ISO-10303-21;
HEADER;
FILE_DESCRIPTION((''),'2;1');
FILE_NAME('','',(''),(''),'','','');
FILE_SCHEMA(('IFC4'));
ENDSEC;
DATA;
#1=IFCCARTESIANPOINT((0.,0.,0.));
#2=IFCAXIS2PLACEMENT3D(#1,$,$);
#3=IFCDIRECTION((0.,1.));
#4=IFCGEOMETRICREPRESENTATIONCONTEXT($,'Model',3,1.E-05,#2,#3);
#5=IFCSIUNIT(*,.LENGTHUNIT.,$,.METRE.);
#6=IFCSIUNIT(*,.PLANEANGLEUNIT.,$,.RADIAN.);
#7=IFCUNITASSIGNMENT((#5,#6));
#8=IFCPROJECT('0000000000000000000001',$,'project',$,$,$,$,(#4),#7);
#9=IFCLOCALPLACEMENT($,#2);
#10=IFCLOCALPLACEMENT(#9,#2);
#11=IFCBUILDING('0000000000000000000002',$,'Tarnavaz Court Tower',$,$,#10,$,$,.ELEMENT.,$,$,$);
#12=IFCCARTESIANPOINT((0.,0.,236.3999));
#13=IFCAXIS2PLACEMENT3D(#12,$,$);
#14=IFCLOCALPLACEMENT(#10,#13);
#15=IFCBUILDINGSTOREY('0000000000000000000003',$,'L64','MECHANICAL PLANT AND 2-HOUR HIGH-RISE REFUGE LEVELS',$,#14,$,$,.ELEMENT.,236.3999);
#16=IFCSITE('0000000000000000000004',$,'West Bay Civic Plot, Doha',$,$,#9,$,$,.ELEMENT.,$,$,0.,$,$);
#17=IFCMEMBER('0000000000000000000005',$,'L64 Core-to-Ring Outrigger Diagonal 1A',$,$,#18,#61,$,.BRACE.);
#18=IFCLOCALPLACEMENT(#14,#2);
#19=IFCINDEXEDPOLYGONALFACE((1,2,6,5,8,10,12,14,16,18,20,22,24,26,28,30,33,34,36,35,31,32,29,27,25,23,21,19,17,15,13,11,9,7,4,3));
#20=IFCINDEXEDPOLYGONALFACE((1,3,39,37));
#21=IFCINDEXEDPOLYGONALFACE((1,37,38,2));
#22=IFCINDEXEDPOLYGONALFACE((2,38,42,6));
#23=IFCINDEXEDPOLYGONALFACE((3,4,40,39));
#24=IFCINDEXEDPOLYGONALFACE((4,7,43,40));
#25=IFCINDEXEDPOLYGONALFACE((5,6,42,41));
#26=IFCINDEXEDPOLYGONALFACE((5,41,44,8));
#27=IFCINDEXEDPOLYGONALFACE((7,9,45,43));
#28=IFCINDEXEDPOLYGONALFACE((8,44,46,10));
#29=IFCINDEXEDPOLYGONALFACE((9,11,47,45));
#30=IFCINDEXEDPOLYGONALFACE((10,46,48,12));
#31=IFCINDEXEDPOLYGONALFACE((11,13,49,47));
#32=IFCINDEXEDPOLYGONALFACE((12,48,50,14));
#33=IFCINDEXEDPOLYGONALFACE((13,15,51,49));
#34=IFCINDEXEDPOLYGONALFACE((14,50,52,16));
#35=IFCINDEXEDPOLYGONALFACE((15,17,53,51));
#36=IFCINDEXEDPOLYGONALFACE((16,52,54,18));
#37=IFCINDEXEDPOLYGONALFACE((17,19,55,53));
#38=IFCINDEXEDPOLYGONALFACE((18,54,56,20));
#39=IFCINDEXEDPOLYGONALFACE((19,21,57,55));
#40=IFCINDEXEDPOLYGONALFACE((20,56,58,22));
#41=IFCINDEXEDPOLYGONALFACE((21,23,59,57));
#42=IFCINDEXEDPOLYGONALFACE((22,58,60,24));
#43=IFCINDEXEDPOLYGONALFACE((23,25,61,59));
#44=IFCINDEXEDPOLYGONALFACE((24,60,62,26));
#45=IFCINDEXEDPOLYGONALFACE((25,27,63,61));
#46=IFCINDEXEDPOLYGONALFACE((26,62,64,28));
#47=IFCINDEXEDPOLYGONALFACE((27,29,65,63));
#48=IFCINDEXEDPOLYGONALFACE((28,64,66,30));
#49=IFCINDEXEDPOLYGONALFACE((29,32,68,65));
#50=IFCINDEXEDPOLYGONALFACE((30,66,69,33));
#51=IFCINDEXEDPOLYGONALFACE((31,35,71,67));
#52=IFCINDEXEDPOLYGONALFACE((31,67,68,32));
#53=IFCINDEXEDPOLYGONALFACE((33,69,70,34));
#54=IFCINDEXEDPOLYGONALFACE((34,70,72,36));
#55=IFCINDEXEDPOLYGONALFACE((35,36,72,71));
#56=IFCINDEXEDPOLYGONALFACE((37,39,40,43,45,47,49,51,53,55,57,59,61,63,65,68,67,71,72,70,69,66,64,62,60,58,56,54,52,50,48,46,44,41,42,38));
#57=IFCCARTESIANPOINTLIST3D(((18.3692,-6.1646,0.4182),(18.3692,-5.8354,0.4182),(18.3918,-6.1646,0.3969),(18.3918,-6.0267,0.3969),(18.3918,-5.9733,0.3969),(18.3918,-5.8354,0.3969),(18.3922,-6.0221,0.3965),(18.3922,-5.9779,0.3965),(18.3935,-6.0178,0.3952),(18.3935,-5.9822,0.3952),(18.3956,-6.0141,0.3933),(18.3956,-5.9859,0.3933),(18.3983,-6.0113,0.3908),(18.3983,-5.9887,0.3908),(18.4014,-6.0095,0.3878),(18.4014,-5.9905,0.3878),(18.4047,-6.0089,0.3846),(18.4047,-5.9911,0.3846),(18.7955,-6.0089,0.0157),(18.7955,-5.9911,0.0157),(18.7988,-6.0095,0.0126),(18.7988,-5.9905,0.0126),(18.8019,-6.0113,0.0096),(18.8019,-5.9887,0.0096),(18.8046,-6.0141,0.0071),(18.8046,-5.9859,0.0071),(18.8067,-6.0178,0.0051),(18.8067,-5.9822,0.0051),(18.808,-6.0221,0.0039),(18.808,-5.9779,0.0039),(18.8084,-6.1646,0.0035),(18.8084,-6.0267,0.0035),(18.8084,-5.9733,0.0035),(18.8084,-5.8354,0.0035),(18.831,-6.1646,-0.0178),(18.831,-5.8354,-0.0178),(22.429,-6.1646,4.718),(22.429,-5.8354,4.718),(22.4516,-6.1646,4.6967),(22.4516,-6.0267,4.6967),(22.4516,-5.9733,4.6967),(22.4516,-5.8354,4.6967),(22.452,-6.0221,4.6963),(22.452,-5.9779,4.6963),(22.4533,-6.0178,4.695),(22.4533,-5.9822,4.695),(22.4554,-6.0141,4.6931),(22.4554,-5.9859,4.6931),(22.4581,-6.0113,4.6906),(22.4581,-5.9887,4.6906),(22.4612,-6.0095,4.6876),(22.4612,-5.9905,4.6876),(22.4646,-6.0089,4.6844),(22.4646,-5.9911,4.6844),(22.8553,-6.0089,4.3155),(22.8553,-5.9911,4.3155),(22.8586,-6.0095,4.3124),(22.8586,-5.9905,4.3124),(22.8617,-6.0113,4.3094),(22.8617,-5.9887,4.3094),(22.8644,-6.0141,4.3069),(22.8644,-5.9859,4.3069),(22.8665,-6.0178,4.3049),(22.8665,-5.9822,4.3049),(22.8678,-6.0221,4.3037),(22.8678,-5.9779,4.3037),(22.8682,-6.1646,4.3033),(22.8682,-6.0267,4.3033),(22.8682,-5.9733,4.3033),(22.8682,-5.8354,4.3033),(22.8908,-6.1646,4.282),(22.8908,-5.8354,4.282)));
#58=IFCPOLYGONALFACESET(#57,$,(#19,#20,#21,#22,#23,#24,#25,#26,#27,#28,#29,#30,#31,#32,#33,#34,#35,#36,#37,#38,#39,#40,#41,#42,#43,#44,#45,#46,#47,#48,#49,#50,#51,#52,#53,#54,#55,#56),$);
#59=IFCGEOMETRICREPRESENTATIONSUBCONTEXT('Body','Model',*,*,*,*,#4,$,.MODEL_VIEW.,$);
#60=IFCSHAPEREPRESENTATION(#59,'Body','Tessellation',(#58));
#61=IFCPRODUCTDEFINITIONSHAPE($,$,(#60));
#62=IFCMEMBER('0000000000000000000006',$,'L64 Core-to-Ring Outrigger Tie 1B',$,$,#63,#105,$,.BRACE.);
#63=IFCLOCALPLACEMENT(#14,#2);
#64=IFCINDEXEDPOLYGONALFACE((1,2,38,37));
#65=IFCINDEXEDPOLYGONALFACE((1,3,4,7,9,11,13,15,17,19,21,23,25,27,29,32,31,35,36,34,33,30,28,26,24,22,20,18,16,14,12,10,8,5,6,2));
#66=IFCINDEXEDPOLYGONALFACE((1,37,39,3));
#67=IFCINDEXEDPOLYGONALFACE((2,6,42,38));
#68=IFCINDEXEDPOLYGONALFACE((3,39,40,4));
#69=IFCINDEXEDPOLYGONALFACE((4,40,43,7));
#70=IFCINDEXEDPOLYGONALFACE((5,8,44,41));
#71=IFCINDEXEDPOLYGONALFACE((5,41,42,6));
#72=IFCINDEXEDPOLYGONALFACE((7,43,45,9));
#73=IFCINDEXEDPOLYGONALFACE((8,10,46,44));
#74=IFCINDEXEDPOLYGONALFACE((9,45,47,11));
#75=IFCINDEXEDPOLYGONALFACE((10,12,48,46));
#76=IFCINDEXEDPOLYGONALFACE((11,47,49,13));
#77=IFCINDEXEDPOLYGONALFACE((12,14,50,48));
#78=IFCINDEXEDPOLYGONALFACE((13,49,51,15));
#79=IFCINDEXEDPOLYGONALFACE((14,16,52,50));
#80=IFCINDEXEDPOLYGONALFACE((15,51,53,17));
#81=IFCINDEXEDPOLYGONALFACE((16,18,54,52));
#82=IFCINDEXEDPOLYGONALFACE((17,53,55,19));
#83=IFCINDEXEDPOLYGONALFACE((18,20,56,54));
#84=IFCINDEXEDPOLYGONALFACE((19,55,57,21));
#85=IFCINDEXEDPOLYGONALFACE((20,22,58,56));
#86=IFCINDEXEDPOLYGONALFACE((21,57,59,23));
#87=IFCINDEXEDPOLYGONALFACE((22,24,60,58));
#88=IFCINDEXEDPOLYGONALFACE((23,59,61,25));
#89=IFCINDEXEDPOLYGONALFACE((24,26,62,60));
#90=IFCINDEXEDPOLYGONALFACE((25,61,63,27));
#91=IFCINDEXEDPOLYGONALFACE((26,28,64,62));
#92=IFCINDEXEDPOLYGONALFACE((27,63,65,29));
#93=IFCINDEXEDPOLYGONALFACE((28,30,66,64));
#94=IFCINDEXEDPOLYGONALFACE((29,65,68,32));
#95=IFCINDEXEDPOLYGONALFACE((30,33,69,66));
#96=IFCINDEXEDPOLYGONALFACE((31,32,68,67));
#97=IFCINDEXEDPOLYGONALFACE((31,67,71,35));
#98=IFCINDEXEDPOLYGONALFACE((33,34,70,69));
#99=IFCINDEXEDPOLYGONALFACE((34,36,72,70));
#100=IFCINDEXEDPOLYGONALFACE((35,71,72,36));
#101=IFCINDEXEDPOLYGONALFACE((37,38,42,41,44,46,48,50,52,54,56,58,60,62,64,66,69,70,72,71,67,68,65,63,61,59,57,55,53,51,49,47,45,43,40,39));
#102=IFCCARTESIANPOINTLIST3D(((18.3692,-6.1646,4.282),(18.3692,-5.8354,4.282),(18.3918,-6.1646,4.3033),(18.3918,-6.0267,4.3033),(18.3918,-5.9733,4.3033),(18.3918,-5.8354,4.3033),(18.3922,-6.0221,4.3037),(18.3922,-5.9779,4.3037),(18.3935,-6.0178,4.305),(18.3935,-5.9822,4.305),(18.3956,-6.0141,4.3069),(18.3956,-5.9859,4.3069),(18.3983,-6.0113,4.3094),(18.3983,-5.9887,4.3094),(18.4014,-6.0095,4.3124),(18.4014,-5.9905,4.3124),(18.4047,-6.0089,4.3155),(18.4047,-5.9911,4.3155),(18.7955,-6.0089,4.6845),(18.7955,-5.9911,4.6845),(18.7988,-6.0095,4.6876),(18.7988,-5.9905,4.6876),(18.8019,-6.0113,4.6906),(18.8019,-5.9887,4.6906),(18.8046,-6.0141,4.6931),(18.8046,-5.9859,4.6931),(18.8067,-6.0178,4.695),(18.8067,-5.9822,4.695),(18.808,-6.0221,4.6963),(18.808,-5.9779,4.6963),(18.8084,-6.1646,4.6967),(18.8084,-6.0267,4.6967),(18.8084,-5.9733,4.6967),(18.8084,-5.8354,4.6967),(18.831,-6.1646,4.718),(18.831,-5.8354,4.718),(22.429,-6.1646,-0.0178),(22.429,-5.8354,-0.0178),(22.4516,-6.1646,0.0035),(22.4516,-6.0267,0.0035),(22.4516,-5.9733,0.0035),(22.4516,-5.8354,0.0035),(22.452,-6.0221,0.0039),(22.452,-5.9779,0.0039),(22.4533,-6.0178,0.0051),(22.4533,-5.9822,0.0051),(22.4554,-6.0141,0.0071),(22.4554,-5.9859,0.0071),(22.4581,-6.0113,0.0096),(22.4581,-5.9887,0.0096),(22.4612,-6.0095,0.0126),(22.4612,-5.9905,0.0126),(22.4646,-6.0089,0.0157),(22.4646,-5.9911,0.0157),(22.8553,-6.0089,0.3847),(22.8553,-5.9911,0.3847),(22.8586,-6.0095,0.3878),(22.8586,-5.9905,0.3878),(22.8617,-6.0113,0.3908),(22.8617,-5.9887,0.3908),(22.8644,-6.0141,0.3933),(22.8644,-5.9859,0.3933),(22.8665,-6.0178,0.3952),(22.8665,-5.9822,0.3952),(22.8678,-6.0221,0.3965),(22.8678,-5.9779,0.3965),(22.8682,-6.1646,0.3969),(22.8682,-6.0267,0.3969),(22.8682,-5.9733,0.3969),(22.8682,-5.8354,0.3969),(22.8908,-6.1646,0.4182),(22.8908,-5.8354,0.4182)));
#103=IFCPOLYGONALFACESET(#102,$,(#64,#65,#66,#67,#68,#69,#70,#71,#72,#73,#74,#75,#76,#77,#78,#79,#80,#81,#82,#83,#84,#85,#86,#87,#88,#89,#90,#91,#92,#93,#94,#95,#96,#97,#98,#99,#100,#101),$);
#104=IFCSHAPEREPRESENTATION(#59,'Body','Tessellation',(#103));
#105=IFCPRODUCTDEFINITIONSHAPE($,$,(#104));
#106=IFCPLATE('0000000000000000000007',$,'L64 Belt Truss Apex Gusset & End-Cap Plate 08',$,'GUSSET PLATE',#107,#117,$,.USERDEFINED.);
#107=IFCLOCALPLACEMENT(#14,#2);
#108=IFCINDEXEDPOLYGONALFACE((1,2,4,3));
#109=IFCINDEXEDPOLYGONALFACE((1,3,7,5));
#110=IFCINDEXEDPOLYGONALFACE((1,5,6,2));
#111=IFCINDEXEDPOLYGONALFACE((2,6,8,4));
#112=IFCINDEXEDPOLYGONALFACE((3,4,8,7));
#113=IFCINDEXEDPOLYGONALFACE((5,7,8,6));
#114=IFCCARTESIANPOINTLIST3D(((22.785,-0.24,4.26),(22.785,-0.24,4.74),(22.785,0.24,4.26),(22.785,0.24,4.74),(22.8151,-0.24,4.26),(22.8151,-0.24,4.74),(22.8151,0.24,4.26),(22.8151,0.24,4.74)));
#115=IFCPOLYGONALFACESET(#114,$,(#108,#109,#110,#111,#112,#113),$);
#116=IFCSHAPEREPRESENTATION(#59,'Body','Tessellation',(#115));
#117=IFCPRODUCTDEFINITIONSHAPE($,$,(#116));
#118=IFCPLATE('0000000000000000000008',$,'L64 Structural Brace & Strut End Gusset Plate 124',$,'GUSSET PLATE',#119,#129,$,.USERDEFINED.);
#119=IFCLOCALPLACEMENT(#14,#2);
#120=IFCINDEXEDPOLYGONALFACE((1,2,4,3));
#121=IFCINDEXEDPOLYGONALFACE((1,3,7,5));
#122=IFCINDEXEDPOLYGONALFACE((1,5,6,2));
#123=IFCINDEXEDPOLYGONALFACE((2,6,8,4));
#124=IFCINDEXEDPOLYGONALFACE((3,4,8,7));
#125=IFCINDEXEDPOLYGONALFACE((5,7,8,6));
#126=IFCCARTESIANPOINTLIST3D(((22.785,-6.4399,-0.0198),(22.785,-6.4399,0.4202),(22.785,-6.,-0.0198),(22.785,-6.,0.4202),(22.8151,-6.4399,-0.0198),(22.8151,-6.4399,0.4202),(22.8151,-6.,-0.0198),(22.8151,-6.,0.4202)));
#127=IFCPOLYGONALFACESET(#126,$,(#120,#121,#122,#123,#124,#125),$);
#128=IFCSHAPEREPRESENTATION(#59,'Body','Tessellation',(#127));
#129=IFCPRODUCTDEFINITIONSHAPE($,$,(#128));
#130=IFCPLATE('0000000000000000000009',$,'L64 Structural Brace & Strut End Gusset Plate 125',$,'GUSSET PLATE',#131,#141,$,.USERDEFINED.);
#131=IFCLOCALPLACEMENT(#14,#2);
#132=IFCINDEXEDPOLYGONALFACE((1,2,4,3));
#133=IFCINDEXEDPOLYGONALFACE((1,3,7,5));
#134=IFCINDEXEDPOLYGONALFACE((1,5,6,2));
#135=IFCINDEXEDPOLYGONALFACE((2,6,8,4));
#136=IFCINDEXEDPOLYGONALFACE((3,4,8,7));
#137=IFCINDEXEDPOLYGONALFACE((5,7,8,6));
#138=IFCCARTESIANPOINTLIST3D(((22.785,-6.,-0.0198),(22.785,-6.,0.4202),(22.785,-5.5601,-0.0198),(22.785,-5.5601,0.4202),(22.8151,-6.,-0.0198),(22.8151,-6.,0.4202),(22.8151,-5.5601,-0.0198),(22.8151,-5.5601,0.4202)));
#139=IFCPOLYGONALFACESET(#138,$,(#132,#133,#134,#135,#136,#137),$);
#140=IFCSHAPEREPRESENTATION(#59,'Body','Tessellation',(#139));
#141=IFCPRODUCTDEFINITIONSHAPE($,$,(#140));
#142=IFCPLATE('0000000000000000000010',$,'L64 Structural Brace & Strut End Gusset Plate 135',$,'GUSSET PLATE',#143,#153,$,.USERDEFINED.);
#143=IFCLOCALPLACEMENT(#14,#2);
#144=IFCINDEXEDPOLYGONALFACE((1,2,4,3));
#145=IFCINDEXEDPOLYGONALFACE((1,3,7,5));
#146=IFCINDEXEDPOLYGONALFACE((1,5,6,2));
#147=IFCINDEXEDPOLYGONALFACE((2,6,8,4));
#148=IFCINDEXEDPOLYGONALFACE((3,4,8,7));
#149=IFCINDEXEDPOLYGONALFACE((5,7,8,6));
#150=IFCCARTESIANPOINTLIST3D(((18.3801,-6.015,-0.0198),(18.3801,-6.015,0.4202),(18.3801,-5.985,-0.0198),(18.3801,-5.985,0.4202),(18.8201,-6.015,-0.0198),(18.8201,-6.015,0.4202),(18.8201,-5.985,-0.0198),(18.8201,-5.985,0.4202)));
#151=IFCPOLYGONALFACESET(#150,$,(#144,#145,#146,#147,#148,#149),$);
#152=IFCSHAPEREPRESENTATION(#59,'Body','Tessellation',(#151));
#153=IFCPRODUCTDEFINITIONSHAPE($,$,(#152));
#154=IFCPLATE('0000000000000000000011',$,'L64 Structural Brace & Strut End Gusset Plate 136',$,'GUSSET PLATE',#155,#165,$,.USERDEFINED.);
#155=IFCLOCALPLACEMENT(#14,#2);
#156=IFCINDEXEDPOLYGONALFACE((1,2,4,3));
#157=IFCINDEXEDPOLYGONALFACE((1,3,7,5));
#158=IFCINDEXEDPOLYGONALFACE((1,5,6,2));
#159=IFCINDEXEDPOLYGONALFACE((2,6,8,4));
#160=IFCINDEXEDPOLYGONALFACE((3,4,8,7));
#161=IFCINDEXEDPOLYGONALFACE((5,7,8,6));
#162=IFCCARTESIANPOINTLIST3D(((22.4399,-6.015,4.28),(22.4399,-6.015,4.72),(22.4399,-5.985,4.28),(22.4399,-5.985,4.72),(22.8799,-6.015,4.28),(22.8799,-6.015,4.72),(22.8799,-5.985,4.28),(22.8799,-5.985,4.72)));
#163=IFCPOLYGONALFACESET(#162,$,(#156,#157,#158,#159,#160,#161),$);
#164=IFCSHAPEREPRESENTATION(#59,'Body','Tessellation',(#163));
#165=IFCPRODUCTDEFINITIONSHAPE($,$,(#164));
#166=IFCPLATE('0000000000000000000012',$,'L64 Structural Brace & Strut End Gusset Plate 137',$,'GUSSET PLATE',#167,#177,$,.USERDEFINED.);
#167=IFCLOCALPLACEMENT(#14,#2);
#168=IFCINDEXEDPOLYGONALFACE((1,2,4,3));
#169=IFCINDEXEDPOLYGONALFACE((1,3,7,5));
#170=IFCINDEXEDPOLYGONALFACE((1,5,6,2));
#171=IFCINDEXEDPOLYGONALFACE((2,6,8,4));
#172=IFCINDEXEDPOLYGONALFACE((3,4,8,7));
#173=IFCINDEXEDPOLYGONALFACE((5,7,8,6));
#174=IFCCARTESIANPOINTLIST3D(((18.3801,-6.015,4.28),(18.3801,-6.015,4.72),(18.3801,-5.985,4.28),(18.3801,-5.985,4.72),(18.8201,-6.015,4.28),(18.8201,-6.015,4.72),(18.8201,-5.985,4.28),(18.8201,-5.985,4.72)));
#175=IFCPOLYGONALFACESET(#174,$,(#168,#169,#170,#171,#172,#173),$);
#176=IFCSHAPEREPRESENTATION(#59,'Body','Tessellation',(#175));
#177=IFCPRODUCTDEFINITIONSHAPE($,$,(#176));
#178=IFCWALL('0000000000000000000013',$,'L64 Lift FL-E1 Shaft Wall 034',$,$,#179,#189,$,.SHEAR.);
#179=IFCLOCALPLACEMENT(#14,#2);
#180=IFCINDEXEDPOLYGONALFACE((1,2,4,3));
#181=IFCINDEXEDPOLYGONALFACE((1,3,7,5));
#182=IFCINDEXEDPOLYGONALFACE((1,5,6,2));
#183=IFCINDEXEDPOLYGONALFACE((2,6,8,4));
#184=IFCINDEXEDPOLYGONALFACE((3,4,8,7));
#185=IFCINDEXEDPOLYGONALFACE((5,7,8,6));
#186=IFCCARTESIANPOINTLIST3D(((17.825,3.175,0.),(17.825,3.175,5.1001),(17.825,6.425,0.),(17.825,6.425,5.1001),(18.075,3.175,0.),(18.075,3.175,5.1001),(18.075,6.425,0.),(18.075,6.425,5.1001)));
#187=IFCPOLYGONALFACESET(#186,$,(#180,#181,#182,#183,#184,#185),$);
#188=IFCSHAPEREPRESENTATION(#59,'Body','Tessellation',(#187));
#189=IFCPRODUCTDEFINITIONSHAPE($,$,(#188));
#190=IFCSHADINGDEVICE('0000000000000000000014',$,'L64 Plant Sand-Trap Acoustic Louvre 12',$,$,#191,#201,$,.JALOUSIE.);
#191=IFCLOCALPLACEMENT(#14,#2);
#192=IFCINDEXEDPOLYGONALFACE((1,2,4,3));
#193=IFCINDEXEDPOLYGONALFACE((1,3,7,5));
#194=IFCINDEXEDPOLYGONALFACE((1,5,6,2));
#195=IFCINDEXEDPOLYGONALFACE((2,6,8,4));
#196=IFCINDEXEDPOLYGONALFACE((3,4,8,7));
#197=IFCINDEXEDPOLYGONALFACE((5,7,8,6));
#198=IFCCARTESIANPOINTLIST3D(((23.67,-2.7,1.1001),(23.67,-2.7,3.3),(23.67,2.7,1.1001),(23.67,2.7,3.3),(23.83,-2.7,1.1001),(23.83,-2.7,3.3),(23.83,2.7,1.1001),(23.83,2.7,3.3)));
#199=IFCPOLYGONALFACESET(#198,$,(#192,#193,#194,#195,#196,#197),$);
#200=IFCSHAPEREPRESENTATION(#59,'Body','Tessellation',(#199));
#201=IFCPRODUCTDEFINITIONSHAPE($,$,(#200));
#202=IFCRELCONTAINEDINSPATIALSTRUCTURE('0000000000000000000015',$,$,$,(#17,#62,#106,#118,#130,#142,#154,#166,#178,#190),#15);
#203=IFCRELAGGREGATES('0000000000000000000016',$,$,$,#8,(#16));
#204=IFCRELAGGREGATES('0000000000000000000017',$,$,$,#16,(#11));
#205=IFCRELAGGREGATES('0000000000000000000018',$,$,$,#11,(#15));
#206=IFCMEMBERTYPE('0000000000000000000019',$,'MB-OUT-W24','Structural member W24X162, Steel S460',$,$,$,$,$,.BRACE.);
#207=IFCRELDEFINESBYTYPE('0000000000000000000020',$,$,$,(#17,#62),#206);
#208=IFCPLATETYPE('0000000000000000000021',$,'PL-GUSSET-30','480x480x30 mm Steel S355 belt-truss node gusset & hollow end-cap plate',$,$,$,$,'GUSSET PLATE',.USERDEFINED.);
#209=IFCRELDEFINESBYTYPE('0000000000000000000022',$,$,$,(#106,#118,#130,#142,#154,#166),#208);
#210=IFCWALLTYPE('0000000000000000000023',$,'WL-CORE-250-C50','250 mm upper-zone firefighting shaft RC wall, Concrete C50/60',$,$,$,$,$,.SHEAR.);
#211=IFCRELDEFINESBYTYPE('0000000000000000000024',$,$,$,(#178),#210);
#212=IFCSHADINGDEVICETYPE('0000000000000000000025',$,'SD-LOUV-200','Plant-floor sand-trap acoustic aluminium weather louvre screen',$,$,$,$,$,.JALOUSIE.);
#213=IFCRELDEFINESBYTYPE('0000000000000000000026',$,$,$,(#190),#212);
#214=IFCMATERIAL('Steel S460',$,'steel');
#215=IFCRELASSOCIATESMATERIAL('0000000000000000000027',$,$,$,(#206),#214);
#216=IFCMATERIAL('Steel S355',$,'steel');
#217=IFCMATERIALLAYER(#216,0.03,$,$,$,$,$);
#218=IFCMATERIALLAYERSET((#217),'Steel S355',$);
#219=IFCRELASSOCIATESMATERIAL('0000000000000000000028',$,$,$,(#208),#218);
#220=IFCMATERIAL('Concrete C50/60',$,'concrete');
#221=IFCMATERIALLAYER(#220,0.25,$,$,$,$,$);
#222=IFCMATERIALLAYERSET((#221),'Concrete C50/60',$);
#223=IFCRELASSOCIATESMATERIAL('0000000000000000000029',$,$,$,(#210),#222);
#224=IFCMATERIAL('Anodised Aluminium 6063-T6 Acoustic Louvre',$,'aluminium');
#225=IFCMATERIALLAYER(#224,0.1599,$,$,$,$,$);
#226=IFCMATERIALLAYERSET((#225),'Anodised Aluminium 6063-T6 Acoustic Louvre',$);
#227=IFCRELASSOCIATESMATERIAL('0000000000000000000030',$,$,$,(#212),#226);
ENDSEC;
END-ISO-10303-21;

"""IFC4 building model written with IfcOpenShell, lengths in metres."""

from ifc_helpers import new_model, si_unit, direction, frame, frame_2d, origin, origin_2d, place, context, subcontext, project, spatial, rectangle, i_section, extrude, material, layer, layer_set, material_profile, profile_set, type_object, element, save


model = new_model("IFC4")

# Units and contexts
model_context = context("Model", 3, precision=1e-05, world=origin(), true_north=direction((0.0, 1.0)))
body_context = subcontext(model_context, "Body", "Model", "MODEL_VIEW")
ifc_project = project(units=[si_unit("LENGTHUNIT", "METRE"), si_unit("PLANEANGLEUNIT", "RADIAN")], contexts=[model_context])

# Site, building, storey
site_placement = place(None, origin())
site = spatial("IfcSite", under=ifc_project, at=site_placement, Name="West Bay Civic Plot, Doha", CompositionType="ELEMENT", RefElevation=0.0)
building_placement = place(site_placement, origin())
building = spatial("IfcBuilding", under=site, at=building_placement, Name="Tarnavaz Court Tower", CompositionType="ELEMENT")
storey_placement = place(building_placement, frame((0.0, 0.0, 236.3999)))
storey = spatial("IfcBuildingStorey", under=building, at=storey_placement, Name="L64", Description="MECHANICAL PLANT AND 2-HOUR HIGH-RISE REFUGE LEVELS", CompositionType="ELEMENT", Elevation=236.3999)

# Shared definitions
ifc_material_1 = material(Name="Concrete C50/60", Category="concrete")
ifc_material_2 = material(Name="Steel S460", Category="steel")

# Members
ifc_material_profile_1 = material_profile(ifc_material_2, i_section(OverallWidth=0.3291, OverallDepth=0.635, WebThickness=0.0178, FlangeThickness=0.031, FilletRadius=0.0178, at=origin_2d()), Name="W24X162")
ifc_profile_set_1 = profile_set([ifc_material_profile_1], Name="Steel S460")
member_type_1 = type_object("IfcMemberType", Name="MB-OUT-W24", Description="Structural member W24X162, Steel S460", PredefinedType="BRACE", material=ifc_profile_set_1)
for number, where, z_axis, x_axis, name in (
    (1, (18.6001, -6.0, 0.2002), (0.686524, 0.0, 0.727107), (0.0, 1.0, 0.0), "L64 Core-to-Ring Outrigger Diagonal 1A"),
    (2, (18.6001, -6.0, 4.5), (0.686524, 0.0, -0.727107), (0.0, 1.0, 0.0), "L64 Core-to-Ring Outrigger Tie 1B"),
):
    element("IfcMember", number, at=place(storey_placement, frame(where, z_axis=z_axis, x_axis=x_axis)), inside=storey, type_object=member_type_1, Name=name, PredefinedType="BRACE", context=body_context, shape_type="SweptSolid", body=[
        extrude(i_section(OverallWidth=0.3291, OverallDepth=0.635, WebThickness=0.0178, FlangeThickness=0.031, FilletRadius=0.0178, at=origin_2d()), origin(), (0.0, 0.0, 1.0), 5.9136),
    ])

# Plates
ifc_material_3 = material(Name="Steel S355", Category="steel")
ifc_layer_1 = layer(ifc_material_3, 0.03)
ifc_layer_set_1 = layer_set([ifc_layer_1], Name="Steel S355")
plate_type = type_object("IfcPlateType", Name="PL-GUSSET-30", Description="480x480x30 mm Steel S355 belt-truss node gusset & hollow end-cap plate", ElementType="GUSSET PLATE", PredefinedType="USERDEFINED", material=ifc_layer_set_1)
plate_placement = place(storey_placement, frame((22.8, 0.0, 4.26), z_axis=(0.0, 0.0, 1.0), x_axis=(0.0, 1.0, 0.0)))
element("IfcPlate", 3, at=plate_placement, inside=storey, type_object=plate_type, Name="L64 Belt Truss Apex Gusset & End-Cap Plate 08", ObjectType="GUSSET PLATE", PredefinedType="USERDEFINED", context=body_context, shape_type="SweptSolid", body=[
    extrude(rectangle(XDim=0.48, YDim=0.03, at=origin_2d()), origin(), (0.0, 0.0, 1.0), 0.48),
])
for number, where, z_axis, x_axis, name in (
    (4, (22.8, -6.22, -0.0198), (0.0, 0.0, 1.0), (0.0, 1.0, 0.0), "L64 Structural Brace & Strut End Gusset Plate 124"),
    (5, (22.8, -5.78, -0.0198), (0.0, 0.0, 1.0), (0.0, 1.0, 0.0), "L64 Structural Brace & Strut End Gusset Plate 125"),
    (6, (18.6001, -6.0, -0.0198), (0.0, 0.0, 1.0), (1.0, 0.0, 0.0), "L64 Structural Brace & Strut End Gusset Plate 135"),
    (7, (22.6599, -6.0, 4.28), (0.0, 0.0, 1.0), (1.0, 0.0, 0.0), "L64 Structural Brace & Strut End Gusset Plate 136"),
    (8, (18.6001, -6.0, 4.28), (0.0, 0.0, 1.0), (1.0, 0.0, 0.0), "L64 Structural Brace & Strut End Gusset Plate 137"),
):
    element("IfcPlate", number, at=place(storey_placement, frame(where, z_axis=z_axis, x_axis=x_axis)), inside=storey, type_object=plate_type, Name=name, ObjectType="GUSSET PLATE", PredefinedType="USERDEFINED", context=body_context, shape_type="SweptSolid", body=[
        extrude(rectangle(XDim=0.4399, YDim=0.03, at=origin_2d()), origin(), (0.0, 0.0, 1.0), 0.4399),
    ])

# Shared definitions
ifc_layer_2 = layer(ifc_material_1, 0.25)
ifc_layer_set_2 = layer_set([ifc_layer_2], Name="Concrete C50/60")
wall_type = type_object("IfcWallType", Name="WL-CORE-250-C50", Description="250 mm upper-zone firefighting shaft RC wall, Concrete C50/60", PredefinedType="SHEAR", material=ifc_layer_set_2)

# Wall
wall_1_placement = place(storey_placement, frame((17.95, 3.175, 0.0), z_axis=(0.0, 0.0, 1.0), x_axis=(0.0, 1.0, 0.0)))
element("IfcWall", 9, at=wall_1_placement, inside=storey, type_object=wall_type, Name="L64 Lift FL-E1 Shaft Wall 034", PredefinedType="SHEAR", context=body_context, shape_type="SweptSolid", body=[
    extrude(rectangle(XDim=3.25, YDim=0.25, at=frame_2d((1.625, 0.0))), origin(), (0.0, 0.0, 1.0), 5.1001),
])

# Shading device
ifc_material_4 = material(Name="Anodised Aluminium 6063-T6 Acoustic Louvre", Category="aluminium")
ifc_layer_3 = layer(ifc_material_4, 0.1599)
ifc_layer_set_3 = layer_set([ifc_layer_3], Name="Anodised Aluminium 6063-T6 Acoustic Louvre")
shading_device_type = type_object("IfcShadingDeviceType", Name="SD-LOUV-200", Description="Plant-floor sand-trap acoustic aluminium weather louvre screen", PredefinedType="JALOUSIE", material=ifc_layer_set_3)
shading_device_placement = place(storey_placement, frame((23.75, 0.0, 1.1001), z_axis=(0.0, 0.0, 1.0), x_axis=(0.0, -1.0, 0.0)))
element("IfcShadingDevice", 10, at=shading_device_placement, inside=storey, type_object=shading_device_type, Name="L64 Plant Sand-Trap Acoustic Louvre 12", PredefinedType="JALOUSIE", context=body_context, shape_type="SweptSolid", body=[
    extrude(rectangle(XDim=5.3999, YDim=0.1599, at=origin_2d()), origin(), (0.0, 0.0, 1.0), 2.2),
])

save(model, "model.ifc")
